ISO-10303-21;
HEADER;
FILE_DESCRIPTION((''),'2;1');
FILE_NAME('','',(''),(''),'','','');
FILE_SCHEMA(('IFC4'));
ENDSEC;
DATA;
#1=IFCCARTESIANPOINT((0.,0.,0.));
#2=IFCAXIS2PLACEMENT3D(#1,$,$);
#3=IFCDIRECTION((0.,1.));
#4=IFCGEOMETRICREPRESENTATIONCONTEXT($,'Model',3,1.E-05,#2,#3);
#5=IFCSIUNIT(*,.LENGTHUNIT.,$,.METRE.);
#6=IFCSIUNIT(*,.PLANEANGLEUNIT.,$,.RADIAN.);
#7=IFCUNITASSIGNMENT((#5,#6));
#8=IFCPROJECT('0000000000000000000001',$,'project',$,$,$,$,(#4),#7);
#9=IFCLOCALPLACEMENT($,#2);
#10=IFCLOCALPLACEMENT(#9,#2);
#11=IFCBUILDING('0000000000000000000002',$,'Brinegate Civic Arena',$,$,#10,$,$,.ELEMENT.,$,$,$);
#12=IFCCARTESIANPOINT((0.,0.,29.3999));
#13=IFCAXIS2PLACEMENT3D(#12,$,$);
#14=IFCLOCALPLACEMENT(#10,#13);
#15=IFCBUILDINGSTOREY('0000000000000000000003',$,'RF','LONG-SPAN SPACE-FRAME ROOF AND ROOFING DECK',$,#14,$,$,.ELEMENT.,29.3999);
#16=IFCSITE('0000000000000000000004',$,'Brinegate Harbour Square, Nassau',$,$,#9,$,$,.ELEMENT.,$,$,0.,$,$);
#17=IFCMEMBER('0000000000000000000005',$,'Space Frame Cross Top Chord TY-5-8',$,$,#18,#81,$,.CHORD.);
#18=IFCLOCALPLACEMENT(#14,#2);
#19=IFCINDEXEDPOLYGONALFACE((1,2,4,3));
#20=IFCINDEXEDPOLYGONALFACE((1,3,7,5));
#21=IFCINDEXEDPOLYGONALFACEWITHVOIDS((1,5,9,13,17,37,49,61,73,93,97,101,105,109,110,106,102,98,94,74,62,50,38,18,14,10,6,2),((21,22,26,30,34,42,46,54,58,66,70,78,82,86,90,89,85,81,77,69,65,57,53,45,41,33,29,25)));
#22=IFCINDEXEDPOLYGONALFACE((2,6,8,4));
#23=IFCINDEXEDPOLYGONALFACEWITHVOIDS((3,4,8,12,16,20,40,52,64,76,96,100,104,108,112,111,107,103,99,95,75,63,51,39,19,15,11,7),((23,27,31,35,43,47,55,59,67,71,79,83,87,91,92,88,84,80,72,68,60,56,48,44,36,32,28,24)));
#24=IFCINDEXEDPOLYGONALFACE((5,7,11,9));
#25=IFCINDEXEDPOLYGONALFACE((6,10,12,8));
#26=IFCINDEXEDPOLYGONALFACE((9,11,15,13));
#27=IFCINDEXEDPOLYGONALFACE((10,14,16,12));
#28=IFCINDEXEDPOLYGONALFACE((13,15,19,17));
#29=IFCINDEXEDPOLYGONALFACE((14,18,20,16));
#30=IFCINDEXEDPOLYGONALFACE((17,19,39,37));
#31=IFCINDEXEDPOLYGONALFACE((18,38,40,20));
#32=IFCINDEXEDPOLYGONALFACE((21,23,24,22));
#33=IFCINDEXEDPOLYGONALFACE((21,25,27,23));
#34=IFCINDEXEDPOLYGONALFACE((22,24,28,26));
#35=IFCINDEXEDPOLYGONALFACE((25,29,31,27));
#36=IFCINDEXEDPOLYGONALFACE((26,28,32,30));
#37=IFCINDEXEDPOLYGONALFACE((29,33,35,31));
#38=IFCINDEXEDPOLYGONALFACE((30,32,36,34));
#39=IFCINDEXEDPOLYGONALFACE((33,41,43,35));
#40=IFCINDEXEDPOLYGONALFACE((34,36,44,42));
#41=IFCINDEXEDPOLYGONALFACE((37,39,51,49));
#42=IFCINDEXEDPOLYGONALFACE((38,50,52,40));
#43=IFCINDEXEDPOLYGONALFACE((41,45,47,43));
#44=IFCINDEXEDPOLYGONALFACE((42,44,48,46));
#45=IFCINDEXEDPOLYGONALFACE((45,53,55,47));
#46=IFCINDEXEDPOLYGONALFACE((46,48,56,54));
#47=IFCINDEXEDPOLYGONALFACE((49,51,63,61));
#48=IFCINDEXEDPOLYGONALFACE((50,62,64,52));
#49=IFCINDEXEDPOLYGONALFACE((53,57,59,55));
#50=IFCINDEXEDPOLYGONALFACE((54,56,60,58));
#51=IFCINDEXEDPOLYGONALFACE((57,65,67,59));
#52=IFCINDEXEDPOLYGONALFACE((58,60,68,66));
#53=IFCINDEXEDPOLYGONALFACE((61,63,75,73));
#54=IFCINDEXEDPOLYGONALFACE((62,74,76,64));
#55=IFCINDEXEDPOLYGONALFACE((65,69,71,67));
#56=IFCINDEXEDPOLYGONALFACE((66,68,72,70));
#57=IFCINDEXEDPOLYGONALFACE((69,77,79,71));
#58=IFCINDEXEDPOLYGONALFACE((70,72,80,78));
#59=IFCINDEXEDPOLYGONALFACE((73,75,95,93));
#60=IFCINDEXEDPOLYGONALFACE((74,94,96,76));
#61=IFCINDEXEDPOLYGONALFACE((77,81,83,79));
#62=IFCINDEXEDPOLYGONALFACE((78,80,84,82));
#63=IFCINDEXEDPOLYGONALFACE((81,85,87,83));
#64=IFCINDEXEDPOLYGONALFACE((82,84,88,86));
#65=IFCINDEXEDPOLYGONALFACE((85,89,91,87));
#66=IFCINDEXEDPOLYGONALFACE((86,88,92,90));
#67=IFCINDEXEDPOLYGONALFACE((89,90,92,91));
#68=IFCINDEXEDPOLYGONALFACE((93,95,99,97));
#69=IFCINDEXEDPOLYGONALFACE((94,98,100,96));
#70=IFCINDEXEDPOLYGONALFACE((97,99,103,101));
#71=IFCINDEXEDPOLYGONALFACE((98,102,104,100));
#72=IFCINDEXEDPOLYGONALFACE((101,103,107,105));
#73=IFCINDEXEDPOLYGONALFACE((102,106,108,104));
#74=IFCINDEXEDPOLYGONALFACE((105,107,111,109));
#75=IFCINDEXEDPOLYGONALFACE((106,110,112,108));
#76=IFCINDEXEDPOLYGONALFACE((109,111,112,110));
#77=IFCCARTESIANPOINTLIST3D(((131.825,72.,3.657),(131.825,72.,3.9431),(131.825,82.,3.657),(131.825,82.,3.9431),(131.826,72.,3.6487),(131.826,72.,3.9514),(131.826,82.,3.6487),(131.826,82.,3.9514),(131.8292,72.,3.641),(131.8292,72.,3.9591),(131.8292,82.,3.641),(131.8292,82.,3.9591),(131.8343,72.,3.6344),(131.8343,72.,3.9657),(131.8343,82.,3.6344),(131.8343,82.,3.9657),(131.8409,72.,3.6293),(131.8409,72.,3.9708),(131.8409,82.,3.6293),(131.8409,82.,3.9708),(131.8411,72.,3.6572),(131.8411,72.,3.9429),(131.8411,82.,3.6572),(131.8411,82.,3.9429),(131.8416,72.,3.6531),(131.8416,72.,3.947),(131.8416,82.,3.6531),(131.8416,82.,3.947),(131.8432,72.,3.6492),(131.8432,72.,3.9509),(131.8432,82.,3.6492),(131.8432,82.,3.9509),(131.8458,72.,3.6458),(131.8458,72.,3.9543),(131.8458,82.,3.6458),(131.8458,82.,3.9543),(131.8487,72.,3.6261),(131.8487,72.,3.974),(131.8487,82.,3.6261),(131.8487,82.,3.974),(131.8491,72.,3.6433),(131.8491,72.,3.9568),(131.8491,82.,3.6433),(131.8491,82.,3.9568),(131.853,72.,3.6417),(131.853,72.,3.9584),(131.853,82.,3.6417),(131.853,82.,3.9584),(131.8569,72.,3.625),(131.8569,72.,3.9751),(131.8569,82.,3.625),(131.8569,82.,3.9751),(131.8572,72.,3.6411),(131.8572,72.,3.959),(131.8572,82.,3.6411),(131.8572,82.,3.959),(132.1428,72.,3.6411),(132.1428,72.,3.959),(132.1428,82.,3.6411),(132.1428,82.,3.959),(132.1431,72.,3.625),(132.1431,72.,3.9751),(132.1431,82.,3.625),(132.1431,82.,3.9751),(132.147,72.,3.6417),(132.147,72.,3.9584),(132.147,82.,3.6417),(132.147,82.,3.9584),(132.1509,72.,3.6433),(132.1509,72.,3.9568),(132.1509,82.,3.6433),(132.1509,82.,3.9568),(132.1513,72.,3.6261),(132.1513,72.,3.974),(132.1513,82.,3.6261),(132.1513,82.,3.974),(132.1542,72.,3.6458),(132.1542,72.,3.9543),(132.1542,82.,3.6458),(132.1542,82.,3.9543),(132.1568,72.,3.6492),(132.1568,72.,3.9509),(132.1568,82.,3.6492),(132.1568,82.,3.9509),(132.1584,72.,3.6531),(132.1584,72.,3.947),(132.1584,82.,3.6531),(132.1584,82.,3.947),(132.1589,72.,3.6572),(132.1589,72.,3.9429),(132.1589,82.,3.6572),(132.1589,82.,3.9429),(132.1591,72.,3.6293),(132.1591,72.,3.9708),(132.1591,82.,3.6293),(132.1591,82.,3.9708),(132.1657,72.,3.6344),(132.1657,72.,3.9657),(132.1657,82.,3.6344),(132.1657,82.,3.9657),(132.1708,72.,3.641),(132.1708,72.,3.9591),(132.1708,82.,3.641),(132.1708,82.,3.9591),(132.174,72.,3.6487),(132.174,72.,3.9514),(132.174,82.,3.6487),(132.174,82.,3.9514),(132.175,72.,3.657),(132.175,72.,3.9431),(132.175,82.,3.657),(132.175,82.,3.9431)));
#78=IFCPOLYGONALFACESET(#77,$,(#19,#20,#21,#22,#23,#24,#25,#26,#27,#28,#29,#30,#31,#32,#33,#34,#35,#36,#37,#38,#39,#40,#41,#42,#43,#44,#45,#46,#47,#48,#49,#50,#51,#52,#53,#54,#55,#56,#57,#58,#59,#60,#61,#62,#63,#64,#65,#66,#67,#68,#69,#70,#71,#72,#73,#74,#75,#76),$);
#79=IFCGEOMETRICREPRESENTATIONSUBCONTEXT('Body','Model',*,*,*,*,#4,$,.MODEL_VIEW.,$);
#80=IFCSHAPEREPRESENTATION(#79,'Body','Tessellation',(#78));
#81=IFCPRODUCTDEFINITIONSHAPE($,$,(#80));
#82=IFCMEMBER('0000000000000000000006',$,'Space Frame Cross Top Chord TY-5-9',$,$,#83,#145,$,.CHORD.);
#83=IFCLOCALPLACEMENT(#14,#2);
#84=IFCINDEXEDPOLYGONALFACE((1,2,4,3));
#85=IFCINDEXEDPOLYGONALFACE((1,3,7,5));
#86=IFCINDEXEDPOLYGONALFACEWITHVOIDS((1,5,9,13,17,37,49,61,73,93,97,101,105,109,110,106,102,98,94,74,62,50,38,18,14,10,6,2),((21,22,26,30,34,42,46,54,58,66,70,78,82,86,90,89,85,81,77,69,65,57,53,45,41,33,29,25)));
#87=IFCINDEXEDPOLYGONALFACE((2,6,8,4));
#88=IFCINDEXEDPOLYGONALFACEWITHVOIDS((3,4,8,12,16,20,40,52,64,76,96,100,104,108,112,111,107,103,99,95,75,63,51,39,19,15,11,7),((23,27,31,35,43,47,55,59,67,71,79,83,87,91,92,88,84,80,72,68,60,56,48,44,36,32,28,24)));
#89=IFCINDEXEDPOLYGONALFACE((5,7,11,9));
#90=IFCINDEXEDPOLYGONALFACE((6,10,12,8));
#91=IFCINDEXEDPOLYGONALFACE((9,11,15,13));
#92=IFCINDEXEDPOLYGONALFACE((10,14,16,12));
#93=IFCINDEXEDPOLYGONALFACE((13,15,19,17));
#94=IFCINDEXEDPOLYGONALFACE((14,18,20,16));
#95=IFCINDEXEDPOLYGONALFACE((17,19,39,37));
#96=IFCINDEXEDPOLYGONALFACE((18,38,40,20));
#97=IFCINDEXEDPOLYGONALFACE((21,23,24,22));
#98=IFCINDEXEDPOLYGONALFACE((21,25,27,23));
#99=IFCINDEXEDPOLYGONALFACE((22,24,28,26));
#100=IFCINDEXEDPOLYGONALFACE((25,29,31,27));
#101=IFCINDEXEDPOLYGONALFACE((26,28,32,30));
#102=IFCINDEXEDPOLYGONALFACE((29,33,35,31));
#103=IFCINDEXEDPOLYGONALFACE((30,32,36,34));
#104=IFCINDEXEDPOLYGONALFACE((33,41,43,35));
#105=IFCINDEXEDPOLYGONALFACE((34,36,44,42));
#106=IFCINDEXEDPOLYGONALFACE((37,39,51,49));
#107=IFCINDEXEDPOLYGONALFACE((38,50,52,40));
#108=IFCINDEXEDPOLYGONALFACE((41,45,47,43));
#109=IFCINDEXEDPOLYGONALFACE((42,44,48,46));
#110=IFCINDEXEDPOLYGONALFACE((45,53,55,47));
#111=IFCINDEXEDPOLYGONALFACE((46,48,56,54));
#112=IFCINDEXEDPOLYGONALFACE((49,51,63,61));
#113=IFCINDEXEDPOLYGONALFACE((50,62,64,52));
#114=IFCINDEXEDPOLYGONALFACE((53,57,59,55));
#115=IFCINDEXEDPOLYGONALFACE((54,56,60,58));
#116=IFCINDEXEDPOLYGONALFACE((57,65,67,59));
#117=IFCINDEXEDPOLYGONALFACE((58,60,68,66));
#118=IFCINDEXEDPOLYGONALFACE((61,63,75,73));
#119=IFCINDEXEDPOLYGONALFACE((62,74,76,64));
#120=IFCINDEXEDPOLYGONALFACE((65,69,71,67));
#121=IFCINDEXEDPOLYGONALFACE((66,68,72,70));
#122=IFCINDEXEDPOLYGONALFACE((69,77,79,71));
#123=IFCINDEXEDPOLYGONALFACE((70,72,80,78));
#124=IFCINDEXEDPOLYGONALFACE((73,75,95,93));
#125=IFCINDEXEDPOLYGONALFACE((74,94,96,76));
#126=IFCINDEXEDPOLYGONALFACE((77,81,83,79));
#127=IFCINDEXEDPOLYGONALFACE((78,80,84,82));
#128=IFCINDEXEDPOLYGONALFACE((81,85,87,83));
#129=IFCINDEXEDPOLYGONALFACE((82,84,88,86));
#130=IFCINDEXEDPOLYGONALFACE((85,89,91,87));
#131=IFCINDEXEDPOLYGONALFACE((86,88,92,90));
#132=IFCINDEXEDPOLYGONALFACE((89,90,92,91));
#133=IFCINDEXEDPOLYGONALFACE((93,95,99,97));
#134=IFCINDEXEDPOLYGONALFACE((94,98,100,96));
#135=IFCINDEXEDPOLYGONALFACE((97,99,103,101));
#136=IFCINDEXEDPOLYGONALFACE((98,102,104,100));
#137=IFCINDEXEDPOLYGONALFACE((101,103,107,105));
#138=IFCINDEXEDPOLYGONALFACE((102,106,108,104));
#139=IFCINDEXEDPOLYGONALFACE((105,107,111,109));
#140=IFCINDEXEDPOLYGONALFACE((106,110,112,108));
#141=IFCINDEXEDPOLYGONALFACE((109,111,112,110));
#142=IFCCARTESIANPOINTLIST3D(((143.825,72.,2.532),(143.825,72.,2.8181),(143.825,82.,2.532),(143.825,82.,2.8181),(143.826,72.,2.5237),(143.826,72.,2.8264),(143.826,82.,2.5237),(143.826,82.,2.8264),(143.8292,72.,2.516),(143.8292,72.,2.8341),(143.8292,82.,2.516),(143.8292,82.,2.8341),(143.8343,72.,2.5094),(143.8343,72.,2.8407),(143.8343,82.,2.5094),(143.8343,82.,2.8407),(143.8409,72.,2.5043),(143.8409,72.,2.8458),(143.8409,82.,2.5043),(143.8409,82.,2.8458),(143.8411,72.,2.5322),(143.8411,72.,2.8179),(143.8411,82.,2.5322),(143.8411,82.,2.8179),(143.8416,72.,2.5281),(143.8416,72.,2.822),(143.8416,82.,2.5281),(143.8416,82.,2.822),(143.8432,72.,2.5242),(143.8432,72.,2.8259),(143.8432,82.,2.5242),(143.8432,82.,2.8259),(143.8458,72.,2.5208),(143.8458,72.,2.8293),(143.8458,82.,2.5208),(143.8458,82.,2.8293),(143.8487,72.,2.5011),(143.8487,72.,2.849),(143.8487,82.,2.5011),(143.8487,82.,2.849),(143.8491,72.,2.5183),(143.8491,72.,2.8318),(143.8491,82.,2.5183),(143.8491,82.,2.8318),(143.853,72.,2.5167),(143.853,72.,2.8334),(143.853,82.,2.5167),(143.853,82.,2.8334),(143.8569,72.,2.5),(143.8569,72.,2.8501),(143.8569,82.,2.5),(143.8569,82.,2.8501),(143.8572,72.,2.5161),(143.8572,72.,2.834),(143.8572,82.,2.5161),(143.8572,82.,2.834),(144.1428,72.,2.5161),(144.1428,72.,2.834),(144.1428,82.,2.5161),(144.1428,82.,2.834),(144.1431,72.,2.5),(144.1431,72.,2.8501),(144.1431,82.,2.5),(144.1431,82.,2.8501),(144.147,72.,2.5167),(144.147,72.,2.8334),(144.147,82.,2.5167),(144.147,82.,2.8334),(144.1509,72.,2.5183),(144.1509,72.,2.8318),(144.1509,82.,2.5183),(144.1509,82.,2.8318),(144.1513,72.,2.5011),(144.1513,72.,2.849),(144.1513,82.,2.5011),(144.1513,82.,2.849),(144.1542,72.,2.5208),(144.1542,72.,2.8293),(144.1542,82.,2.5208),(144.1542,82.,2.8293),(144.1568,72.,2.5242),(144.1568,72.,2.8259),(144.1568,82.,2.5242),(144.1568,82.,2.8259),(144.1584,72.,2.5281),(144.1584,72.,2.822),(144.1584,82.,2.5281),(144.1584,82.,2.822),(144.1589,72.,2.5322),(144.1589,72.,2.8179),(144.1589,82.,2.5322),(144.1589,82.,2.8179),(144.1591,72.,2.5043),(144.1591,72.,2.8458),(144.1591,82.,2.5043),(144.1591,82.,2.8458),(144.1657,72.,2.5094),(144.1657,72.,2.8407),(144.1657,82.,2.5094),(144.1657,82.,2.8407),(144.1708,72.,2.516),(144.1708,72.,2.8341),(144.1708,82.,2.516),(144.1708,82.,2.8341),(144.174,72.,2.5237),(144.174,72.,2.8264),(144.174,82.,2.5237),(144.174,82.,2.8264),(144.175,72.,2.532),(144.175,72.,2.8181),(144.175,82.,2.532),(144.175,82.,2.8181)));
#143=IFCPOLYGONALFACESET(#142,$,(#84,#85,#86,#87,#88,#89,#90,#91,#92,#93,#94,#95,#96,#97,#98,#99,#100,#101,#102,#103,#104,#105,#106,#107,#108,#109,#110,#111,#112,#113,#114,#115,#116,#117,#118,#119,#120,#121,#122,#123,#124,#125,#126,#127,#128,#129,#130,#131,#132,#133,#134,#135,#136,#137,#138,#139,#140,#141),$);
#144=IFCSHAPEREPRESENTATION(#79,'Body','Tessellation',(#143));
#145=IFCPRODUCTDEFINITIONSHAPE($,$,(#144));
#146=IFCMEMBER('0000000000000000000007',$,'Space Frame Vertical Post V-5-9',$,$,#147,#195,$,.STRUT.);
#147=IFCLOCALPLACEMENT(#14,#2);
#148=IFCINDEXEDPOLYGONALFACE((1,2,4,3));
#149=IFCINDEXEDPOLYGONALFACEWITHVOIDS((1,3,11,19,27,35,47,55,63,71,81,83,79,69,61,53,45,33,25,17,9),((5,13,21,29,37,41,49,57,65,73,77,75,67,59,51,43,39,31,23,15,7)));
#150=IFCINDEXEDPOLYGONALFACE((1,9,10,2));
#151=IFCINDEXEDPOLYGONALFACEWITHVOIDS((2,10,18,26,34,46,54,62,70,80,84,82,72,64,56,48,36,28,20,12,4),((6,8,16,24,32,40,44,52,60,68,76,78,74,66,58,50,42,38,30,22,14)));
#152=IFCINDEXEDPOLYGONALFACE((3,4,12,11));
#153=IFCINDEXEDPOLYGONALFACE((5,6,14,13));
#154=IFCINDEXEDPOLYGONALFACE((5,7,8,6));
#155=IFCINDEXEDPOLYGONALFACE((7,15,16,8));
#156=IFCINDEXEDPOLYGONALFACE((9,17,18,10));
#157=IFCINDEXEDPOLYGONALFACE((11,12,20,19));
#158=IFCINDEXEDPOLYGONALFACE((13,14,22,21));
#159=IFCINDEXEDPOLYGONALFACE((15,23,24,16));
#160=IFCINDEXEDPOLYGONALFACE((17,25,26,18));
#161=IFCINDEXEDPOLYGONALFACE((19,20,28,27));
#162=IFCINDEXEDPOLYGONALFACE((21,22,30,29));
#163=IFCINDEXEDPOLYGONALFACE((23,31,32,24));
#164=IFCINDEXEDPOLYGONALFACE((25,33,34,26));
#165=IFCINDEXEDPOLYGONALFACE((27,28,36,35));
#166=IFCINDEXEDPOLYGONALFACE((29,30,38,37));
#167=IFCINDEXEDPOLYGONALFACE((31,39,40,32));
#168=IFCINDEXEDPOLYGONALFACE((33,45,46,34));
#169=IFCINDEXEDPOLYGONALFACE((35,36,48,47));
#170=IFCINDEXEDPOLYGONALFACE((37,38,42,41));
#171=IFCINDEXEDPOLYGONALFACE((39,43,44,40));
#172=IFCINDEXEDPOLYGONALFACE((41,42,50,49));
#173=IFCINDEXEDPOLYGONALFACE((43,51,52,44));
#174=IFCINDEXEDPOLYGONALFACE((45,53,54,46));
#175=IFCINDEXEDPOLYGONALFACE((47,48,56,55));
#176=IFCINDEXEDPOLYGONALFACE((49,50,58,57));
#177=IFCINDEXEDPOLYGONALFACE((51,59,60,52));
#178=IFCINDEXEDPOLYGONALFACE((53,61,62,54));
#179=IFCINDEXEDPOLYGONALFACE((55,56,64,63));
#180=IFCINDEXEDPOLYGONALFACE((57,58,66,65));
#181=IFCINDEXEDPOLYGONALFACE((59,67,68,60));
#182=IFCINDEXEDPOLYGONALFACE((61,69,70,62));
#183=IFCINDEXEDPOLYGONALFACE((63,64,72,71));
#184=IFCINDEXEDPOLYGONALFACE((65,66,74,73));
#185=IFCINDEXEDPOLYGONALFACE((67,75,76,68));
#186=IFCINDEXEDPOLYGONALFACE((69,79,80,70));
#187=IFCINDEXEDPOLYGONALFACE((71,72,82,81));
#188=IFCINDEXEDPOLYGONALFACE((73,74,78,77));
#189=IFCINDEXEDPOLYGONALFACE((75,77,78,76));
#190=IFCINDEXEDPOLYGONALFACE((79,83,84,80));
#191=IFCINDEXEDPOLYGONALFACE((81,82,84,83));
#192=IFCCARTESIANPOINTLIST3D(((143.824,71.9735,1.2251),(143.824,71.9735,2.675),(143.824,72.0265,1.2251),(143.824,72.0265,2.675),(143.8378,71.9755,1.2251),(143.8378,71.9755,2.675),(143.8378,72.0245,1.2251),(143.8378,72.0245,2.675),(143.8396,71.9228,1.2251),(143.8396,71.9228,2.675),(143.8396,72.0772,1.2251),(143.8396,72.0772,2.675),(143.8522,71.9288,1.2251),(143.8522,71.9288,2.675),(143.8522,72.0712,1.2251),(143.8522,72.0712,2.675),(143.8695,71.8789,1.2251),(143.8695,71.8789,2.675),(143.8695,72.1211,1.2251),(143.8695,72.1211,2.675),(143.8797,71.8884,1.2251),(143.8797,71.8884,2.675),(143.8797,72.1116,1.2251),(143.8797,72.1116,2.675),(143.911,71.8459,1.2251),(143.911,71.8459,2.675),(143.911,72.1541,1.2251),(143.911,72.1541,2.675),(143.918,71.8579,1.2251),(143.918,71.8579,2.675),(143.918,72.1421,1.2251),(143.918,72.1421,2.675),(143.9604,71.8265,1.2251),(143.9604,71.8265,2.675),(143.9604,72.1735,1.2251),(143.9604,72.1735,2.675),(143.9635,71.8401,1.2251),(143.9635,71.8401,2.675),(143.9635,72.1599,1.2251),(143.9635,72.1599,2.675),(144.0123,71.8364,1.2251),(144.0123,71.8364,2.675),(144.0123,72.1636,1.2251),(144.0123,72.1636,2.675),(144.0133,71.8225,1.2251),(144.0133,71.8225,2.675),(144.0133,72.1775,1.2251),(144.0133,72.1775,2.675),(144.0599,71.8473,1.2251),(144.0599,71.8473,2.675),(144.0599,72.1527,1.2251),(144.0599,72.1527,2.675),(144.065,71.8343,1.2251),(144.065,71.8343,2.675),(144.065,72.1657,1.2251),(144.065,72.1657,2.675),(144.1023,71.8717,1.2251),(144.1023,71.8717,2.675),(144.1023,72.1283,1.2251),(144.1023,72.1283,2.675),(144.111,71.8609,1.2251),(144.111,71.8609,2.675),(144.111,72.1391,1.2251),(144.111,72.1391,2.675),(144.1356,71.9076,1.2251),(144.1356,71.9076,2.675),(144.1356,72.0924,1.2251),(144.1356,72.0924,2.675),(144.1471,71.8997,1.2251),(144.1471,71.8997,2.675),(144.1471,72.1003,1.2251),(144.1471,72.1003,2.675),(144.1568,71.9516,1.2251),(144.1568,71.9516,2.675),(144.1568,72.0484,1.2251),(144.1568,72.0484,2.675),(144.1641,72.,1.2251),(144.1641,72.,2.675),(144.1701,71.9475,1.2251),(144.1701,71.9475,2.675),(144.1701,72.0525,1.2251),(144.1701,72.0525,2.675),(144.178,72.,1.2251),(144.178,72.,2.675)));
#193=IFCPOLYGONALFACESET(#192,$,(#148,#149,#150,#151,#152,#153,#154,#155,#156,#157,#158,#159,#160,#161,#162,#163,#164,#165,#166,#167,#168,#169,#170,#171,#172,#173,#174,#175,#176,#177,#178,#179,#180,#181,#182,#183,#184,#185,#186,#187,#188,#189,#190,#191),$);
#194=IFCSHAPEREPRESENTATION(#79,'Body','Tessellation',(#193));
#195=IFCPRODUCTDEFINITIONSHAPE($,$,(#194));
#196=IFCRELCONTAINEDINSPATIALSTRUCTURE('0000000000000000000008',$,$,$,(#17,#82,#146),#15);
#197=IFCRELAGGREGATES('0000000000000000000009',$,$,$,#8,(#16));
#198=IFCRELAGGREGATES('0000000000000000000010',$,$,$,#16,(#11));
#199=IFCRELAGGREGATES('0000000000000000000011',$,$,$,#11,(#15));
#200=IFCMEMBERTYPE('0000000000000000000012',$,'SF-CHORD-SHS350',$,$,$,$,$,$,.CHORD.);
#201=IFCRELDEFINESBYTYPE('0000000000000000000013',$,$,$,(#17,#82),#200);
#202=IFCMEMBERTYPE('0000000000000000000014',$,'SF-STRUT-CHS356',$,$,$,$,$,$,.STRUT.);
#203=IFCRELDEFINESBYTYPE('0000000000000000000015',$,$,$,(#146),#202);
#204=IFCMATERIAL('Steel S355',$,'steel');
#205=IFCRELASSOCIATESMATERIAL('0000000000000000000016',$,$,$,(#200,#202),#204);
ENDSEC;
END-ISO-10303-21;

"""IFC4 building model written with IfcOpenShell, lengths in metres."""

from ifc_helpers import new_model, si_unit, direction, frame, origin, origin_2d, place, context, subcontext, project, spatial, hollow_rectangle, hollow_circle, extrude, material, material_profile, profile_set, type_object, element, save


model = new_model("IFC4")

# Units and contexts
model_context = context("Model", 3, precision=1e-05, world=origin(), true_north=direction((0.0, 1.0)))
body_context = subcontext(model_context, "Body", "Model", "MODEL_VIEW")
ifc_project = project(units=[si_unit("LENGTHUNIT", "METRE"), si_unit("PLANEANGLEUNIT", "RADIAN")], contexts=[model_context])

# Site, building, storey
site_placement = place(None, origin())
site = spatial("IfcSite", under=ifc_project, at=site_placement, Name="Brinegate Harbour Square, Nassau", CompositionType="ELEMENT", RefElevation=0.0)
building_placement = place(site_placement, origin())
building = spatial("IfcBuilding", under=site, at=building_placement, Name="Brinegate Civic Arena", CompositionType="ELEMENT")
storey_placement = place(building_placement, frame((0.0, 0.0, 29.3999)))
storey = spatial("IfcBuildingStorey", under=building, at=storey_placement, Name="RF", Description="LONG-SPAN SPACE-FRAME ROOF AND ROOFING DECK", CompositionType="ELEMENT", Elevation=29.3999)

# Shared definitions
ifc_material_1 = material(Name="Steel S355", Category="steel")

# Members
ifc_material_profile_1 = material_profile(ifc_material_1, hollow_rectangle(XDim=0.3501, YDim=0.3501, WallThickness=0.0161, InnerFilletRadius=0.0161, OuterFilletRadius=0.032, at=origin_2d()), Name="SHS350X16")
ifc_profile_set_1 = profile_set([ifc_material_profile_1], Name="Steel S355")
member_type_1 = type_object("IfcMemberType", Name="SF-CHORD-SHS350", PredefinedType="CHORD", material=ifc_profile_set_1)
for number, where, z_axis, x_axis, name in (
    (1, (132.0, 72.0, 3.8), (0.0, 1.0, 0.0), (-1.0, 0.0, 0.0), "Space Frame Cross Top Chord TY-5-8"),
    (2, (144.0, 72.0, 2.675), (0.0, 1.0, 0.0), (-1.0, 0.0, 0.0), "Space Frame Cross Top Chord TY-5-9"),
):
    element("IfcMember", number, at=place(storey_placement, frame(where, z_axis=z_axis, x_axis=x_axis)), inside=storey, type_object=member_type_1, Name=name, PredefinedType="CHORD", context=body_context, shape_type="SweptSolid", body=[
        extrude(hollow_rectangle(XDim=0.3501, YDim=0.3501, WallThickness=0.0161, InnerFilletRadius=0.0161, OuterFilletRadius=0.032, at=origin_2d()), origin(), (0.0, 0.0, 1.0), 10.0),
    ])
ifc_material_profile_2 = material_profile(ifc_material_1, hollow_circle(Radius=0.178, WallThickness=0.0139, at=origin_2d()), Name="CHS356X14")
ifc_profile_set_2 = profile_set([ifc_material_profile_2], Name="Steel S355")
member_type_2 = type_object("IfcMemberType", Name="SF-STRUT-CHS356", PredefinedType="STRUT", material=ifc_profile_set_2)
member_1_placement = place(storey_placement, frame((144.0, 72.0, 1.2251), z_axis=(0.0, 0.0, 1.0), x_axis=(1.0, 0.0, 0.0)))
element("IfcMember", 3, at=member_1_placement, inside=storey, type_object=member_type_2, Name="Space Frame Vertical Post V-5-9", PredefinedType="STRUT", context=body_context, shape_type="SweptSolid", body=[
    extrude(hollow_circle(Radius=0.178, WallThickness=0.0139, at=origin_2d()), origin(), (0.0, 0.0, 1.0), 1.45),
])

save(model, "model.ifc")
